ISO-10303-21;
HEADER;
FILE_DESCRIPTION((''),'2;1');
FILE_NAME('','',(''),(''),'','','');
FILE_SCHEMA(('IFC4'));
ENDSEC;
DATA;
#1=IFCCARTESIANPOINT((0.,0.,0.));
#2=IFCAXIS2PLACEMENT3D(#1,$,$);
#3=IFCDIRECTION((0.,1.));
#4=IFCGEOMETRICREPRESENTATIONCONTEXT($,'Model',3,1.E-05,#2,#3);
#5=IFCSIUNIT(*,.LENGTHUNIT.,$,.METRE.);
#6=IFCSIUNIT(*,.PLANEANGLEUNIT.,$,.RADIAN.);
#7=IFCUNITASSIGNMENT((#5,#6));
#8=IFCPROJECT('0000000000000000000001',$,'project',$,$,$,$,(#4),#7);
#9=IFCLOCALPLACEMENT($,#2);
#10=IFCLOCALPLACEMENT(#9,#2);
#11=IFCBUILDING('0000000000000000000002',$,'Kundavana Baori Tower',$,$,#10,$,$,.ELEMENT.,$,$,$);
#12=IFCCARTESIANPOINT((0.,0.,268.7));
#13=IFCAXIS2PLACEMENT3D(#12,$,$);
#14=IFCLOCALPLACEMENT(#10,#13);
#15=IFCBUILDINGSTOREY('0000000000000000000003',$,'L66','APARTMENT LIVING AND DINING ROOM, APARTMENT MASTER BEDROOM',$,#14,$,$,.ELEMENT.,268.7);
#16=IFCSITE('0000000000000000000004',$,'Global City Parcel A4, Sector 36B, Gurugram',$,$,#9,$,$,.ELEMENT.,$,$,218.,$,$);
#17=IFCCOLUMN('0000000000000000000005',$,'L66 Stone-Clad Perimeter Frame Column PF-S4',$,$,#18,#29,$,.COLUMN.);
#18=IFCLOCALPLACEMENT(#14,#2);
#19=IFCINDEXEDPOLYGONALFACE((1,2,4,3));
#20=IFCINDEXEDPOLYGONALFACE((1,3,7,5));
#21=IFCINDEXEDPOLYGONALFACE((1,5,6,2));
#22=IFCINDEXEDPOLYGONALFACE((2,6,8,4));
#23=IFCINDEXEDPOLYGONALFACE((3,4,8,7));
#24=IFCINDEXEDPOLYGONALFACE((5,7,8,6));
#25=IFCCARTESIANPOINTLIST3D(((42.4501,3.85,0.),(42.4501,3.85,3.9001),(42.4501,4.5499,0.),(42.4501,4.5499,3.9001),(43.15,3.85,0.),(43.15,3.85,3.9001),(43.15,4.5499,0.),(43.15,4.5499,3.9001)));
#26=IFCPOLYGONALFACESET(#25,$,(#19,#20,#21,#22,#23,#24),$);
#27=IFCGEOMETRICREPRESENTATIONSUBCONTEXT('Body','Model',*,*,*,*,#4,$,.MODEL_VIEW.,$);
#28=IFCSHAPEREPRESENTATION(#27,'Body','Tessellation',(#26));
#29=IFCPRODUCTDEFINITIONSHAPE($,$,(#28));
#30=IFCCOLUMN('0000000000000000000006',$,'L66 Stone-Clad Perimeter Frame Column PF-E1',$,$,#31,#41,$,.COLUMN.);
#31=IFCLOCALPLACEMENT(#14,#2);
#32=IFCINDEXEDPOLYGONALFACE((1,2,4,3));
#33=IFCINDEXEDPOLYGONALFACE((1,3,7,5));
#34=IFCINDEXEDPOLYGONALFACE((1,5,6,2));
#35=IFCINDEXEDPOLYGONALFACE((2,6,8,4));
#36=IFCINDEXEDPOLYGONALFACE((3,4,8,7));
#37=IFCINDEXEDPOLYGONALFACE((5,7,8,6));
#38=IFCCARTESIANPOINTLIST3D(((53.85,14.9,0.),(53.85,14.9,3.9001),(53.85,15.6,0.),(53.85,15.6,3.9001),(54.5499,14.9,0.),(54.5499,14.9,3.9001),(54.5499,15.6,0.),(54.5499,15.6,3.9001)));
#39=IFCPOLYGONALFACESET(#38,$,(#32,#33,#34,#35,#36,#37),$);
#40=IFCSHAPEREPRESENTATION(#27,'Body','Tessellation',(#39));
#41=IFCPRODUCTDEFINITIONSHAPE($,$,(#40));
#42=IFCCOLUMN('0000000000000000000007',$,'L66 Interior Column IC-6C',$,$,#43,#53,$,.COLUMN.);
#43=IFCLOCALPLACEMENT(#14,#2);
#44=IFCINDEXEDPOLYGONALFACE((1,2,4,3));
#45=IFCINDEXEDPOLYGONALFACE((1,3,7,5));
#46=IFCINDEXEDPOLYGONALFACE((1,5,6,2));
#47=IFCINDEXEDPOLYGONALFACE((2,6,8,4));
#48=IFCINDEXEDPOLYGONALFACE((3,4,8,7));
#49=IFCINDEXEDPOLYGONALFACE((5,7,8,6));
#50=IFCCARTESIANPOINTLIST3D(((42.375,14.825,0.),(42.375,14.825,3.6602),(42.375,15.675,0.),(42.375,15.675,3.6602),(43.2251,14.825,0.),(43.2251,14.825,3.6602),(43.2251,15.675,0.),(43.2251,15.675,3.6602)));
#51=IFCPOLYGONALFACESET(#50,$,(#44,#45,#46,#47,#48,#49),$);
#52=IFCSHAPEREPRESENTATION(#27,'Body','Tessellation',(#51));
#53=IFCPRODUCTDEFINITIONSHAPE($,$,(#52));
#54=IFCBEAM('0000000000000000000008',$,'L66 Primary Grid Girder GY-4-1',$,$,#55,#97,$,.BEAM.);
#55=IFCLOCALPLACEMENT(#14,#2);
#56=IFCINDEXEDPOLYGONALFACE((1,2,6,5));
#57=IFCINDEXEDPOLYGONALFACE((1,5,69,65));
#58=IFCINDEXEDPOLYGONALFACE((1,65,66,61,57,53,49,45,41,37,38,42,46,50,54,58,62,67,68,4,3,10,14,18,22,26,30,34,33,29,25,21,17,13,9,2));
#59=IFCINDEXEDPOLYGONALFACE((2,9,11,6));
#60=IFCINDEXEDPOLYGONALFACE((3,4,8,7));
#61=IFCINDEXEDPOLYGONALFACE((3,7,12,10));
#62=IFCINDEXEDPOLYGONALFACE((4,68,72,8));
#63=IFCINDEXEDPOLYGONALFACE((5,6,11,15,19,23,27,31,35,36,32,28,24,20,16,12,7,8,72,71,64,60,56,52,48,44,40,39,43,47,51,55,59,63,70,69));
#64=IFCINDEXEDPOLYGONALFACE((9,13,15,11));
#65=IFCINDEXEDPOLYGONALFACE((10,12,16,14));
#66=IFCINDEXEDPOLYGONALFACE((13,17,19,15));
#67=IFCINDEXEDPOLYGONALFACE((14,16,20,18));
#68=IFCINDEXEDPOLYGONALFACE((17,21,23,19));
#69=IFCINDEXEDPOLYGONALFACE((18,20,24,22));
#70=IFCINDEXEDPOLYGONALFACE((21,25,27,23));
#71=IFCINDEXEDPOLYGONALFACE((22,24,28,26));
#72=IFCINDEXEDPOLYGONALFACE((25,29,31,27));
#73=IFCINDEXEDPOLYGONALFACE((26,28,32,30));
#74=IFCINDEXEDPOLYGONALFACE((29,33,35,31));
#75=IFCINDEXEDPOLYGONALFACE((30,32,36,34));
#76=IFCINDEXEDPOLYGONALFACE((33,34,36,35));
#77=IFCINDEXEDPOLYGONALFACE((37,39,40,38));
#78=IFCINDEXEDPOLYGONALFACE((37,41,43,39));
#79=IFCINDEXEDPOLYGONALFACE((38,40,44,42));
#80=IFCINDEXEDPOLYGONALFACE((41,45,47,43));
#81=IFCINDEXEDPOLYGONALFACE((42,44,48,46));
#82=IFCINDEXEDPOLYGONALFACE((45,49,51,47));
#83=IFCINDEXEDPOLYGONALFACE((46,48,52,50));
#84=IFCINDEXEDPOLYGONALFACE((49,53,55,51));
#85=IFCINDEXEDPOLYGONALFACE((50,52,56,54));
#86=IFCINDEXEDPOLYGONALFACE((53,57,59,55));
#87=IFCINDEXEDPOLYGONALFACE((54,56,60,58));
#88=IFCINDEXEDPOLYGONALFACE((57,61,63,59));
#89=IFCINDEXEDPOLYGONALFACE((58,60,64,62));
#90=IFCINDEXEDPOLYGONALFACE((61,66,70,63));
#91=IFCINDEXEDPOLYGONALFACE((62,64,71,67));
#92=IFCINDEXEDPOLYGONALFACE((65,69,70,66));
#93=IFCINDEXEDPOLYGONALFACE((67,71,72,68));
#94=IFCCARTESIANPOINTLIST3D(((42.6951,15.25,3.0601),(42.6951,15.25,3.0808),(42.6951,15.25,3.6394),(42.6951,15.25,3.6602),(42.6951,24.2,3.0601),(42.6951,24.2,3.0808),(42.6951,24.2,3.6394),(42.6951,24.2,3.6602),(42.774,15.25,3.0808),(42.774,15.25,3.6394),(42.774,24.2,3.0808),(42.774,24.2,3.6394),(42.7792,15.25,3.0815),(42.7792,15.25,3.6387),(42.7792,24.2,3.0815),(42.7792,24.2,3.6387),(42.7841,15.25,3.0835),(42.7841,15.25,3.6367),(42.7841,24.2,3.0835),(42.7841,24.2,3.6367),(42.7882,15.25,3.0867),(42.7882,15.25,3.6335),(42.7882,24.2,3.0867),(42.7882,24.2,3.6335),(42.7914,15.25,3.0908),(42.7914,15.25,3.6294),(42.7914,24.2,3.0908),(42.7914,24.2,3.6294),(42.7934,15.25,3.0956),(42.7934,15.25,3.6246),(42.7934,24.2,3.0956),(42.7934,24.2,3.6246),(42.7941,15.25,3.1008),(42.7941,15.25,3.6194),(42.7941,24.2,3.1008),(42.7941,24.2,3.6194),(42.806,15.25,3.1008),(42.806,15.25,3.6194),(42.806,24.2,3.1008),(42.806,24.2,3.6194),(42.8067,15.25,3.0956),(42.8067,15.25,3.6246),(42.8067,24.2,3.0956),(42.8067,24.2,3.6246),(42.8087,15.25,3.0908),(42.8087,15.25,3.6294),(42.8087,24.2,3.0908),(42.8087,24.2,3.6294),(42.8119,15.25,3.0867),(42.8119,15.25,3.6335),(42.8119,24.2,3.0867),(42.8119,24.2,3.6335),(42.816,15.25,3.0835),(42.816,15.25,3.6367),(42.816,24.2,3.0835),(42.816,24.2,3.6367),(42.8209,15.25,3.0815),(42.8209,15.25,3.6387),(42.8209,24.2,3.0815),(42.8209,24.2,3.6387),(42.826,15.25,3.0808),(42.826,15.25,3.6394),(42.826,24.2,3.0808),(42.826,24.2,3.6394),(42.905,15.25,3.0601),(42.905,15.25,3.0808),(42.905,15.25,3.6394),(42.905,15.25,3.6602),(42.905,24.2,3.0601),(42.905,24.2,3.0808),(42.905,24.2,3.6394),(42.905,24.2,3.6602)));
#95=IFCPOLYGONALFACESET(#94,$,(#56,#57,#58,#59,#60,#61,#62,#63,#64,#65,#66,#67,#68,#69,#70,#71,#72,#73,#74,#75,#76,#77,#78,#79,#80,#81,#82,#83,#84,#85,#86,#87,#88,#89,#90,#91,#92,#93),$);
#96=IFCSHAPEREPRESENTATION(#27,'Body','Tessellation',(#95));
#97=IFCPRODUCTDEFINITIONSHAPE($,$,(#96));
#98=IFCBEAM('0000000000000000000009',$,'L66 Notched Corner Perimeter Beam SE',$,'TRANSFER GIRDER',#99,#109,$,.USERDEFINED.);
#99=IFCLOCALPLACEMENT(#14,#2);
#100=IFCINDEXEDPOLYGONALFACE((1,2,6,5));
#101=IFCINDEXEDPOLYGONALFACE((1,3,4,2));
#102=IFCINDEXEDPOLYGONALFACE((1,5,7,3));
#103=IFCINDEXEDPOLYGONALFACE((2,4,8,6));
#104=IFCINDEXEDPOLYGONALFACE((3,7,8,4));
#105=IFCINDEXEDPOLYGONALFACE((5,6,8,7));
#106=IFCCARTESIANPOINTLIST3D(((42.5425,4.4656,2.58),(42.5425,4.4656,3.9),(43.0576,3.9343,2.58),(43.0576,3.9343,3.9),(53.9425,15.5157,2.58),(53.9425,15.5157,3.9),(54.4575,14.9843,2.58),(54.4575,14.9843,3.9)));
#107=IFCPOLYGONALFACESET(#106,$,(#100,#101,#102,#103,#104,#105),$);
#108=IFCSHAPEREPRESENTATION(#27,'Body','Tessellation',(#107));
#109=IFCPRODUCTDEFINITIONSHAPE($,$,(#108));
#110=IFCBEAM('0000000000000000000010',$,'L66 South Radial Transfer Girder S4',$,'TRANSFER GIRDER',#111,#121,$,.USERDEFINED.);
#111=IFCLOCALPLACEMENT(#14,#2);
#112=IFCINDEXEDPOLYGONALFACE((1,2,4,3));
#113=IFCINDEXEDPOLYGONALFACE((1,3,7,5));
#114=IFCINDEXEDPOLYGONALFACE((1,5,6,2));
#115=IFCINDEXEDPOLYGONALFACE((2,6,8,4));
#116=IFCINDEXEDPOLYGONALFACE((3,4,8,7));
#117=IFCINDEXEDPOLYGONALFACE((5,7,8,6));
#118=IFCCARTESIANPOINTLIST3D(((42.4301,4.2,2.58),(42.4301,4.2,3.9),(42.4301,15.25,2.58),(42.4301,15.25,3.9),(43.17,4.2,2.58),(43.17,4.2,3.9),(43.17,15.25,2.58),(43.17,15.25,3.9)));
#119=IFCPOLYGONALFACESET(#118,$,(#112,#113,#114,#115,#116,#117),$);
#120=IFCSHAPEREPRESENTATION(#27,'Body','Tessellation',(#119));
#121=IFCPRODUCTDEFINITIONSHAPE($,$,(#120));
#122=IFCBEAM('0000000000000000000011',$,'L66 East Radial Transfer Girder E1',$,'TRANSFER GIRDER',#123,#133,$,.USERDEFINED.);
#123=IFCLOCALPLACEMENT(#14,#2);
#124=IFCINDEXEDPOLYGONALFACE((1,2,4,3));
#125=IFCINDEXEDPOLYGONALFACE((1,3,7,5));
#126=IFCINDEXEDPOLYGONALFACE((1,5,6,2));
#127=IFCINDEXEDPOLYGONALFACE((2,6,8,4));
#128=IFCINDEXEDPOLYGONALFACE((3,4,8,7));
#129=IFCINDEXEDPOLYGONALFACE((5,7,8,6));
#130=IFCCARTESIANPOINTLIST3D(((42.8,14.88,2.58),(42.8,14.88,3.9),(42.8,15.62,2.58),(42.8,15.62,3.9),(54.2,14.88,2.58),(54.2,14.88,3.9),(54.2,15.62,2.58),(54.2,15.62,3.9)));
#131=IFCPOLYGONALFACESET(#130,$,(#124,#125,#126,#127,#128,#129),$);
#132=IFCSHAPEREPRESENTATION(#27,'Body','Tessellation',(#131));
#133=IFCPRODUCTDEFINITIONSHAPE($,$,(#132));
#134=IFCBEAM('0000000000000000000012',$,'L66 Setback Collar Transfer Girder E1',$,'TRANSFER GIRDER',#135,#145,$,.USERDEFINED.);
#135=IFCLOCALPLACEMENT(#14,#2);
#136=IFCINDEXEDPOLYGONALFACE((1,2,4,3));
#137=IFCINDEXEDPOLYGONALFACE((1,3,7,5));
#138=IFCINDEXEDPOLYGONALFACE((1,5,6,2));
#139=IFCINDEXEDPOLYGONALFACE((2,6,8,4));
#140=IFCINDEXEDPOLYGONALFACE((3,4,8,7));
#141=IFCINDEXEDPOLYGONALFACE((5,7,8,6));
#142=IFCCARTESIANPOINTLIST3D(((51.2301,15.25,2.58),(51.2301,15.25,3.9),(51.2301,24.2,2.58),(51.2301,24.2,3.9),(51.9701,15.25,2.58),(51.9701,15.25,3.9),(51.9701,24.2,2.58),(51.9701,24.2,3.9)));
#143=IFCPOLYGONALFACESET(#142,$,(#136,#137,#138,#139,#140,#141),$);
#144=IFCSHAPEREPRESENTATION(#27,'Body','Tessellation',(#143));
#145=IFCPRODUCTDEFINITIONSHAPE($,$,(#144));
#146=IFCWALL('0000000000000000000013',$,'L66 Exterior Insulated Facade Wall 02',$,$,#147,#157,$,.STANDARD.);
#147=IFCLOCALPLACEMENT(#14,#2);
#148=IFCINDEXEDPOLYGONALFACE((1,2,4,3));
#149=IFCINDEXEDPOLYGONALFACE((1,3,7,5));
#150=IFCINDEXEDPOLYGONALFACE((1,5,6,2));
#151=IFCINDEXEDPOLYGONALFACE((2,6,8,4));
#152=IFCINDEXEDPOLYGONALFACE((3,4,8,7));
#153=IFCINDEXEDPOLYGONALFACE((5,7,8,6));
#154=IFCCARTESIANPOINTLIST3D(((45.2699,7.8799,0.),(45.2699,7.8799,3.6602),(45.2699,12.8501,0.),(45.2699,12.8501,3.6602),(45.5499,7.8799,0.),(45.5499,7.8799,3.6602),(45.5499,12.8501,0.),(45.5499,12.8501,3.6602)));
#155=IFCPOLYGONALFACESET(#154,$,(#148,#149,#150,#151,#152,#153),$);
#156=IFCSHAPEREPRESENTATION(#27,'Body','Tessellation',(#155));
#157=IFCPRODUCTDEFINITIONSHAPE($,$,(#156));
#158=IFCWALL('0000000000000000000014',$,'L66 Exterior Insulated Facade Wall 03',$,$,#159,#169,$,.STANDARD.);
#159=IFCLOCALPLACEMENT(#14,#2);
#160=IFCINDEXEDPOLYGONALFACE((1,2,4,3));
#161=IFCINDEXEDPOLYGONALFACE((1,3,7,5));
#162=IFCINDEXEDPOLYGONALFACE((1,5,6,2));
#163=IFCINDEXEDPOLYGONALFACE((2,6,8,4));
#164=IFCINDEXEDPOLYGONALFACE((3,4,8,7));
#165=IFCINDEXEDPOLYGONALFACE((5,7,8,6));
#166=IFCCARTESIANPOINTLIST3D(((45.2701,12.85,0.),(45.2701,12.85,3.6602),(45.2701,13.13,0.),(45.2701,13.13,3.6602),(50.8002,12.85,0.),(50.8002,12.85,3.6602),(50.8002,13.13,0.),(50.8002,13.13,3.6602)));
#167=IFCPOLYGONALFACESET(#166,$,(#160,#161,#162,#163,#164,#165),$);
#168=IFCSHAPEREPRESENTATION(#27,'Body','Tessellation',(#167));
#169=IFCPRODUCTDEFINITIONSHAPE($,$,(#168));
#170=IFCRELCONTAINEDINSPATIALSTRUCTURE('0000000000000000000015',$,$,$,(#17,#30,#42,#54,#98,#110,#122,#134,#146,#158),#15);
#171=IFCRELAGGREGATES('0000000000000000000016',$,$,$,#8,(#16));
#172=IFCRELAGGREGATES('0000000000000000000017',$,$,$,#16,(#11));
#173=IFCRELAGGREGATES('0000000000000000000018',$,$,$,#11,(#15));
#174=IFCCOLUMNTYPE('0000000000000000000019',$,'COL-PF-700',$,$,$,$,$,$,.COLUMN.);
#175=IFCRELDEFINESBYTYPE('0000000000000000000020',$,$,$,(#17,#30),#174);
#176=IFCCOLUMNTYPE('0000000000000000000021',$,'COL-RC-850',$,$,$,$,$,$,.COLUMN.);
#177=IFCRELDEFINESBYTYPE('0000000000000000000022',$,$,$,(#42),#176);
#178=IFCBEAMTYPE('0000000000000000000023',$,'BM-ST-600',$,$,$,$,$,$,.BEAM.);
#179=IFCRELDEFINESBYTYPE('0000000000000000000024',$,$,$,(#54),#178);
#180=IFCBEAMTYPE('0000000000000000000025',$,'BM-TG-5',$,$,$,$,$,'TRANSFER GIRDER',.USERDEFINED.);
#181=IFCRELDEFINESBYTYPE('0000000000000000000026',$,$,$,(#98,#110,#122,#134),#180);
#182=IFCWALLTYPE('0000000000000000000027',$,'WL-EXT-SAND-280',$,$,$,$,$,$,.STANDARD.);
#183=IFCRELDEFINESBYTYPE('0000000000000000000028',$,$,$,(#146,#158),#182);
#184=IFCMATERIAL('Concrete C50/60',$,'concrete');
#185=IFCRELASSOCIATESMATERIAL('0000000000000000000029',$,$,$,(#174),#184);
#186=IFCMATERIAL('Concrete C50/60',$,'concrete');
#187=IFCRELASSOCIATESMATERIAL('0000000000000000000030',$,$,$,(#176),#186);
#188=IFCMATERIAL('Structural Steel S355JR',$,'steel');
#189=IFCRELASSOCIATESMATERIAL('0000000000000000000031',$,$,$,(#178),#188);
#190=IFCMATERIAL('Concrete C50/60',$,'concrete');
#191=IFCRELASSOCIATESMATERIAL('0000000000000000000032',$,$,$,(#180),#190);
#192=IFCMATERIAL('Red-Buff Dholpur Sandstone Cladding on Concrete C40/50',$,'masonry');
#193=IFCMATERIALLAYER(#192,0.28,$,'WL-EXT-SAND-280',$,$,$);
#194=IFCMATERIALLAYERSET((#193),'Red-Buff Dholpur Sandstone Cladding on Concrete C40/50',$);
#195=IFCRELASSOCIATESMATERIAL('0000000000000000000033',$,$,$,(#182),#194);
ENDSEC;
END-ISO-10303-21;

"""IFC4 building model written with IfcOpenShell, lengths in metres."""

from ifc_helpers import new_model, si_unit, direction, frame, frame_2d, origin, origin_2d, place, context, subcontext, project, spatial, rectangle, i_section, extrude, material, layer, layer_set, material_profile, profile_set, type_object, element, save


model = new_model("IFC4")

# Units and contexts
model_context = context("Model", 3, precision=1e-05, world=origin(), true_north=direction((0.0, 1.0)))
body_context = subcontext(model_context, "Body", "Model", "MODEL_VIEW")
ifc_project = project(units=[si_unit("LENGTHUNIT", "METRE"), si_unit("PLANEANGLEUNIT", "RADIAN")], contexts=[model_context])

# Site, building, storey
site_placement = place(None, origin())
site = spatial("IfcSite", under=ifc_project, at=site_placement, Name="Global City Parcel A4, Sector 36B, Gurugram", CompositionType="ELEMENT", RefElevation=218.0)
building_placement = place(site_placement, origin())
building = spatial("IfcBuilding", under=site, at=building_placement, Name="Kundavana Baori Tower", CompositionType="ELEMENT")
storey_placement = place(building_placement, frame((0.0, 0.0, 268.7)))
storey = spatial("IfcBuildingStorey", under=building, at=storey_placement, Name="L66", Description="APARTMENT LIVING AND DINING ROOM, APARTMENT MASTER BEDROOM", CompositionType="ELEMENT", Elevation=268.7)

# Columns
ifc_material_1 = material(Name="Concrete C50/60", Category="concrete")
ifc_material_profile_1 = material_profile(ifc_material_1, rectangle(XDim=0.7, YDim=0.7, at=origin_2d()), Name="RC PF 700x700")
ifc_profile_set_1 = profile_set([ifc_material_profile_1], Name="Concrete C50/60")
column_type_1 = type_object("IfcColumnType", Name="COL-PF-700", PredefinedType="COLUMN", material=ifc_profile_set_1)
for number, where, z_axis, x_axis, name in (
    (1, (42.8, 4.2, 0.0), (0.0, 0.0, 1.0), (1.0, 0.0, 0.0), "L66 Stone-Clad Perimeter Frame Column PF-S4"),
    (2, (54.2, 15.25, 0.0), (0.0, 0.0, 1.0), (1.0, 0.0, 0.0), "L66 Stone-Clad Perimeter Frame Column PF-E1"),
):
    element("IfcColumn", number, at=place(storey_placement, frame(where, z_axis=z_axis, x_axis=x_axis)), inside=storey, type_object=column_type_1, Name=name, PredefinedType="COLUMN", context=body_context, shape_type="SweptSolid", body=[
        extrude(rectangle(XDim=0.7, YDim=0.7, at=origin_2d()), origin(), (0.0, 0.0, 1.0), 3.9001),
    ])
ifc_material_2 = material(Name="Concrete C50/60", Category="concrete")
ifc_material_profile_2 = material_profile(ifc_material_2, rectangle(XDim=0.8501, YDim=0.8501, at=origin_2d()), Name="RC 850x850")
ifc_profile_set_2 = profile_set([ifc_material_profile_2], Name="Concrete C50/60")
column_type_2 = type_object("IfcColumnType", Name="COL-RC-850", PredefinedType="COLUMN", material=ifc_profile_set_2)
column_placement = place(storey_placement, frame((42.8, 15.25, 0.0), z_axis=(0.0, 0.0, 1.0), x_axis=(1.0, 0.0, 0.0)))
element("IfcColumn", 3, at=column_placement, inside=storey, type_object=column_type_2, Name="L66 Interior Column IC-6C", PredefinedType="COLUMN", context=body_context, shape_type="SweptSolid", body=[
    extrude(rectangle(XDim=0.8501, YDim=0.8501, at=origin_2d()), origin(), (0.0, 0.0, 1.0), 3.6602),
])

# Beams
ifc_material_3 = material(Name="Structural Steel S355JR", Category="steel")
ifc_material_profile_3 = material_profile(ifc_material_3, i_section(OverallWidth=0.21, OverallDepth=0.6001, WebThickness=0.012, FlangeThickness=0.0208, FilletRadius=0.02, at=origin_2d()), Name="ISMB 600")
ifc_profile_set_3 = profile_set([ifc_material_profile_3], Name="Structural Steel S355JR")
beam_type_1 = type_object("IfcBeamType", Name="BM-ST-600", PredefinedType="BEAM", material=ifc_profile_set_3)
beam_1_placement = place(storey_placement, frame((42.8, 15.25, 3.3601), z_axis=(0.0, 1.0, 0.0), x_axis=(-1.0, 0.0, 0.0)))
element("IfcBeam", 4, at=beam_1_placement, inside=storey, type_object=beam_type_1, Name="L66 Primary Grid Girder GY-4-1", PredefinedType="BEAM", context=body_context, shape_type="SweptSolid", body=[
    extrude(i_section(OverallWidth=0.21, OverallDepth=0.6001, WebThickness=0.012, FlangeThickness=0.0208, FilletRadius=0.02, at=origin_2d()), origin(), (0.0, 0.0, 1.0), 8.95),
])
ifc_material_4 = material(Name="Concrete C50/60", Category="concrete")
ifc_material_profile_4 = material_profile(ifc_material_4, rectangle(XDim=0.74, YDim=1.3201, at=origin_2d()), Name="BM-TG-5")
ifc_profile_set_4 = profile_set([ifc_material_profile_4], Name="Concrete C50/60")
beam_type_2 = type_object("IfcBeamType", Name="BM-TG-5", ElementType="TRANSFER GIRDER", PredefinedType="USERDEFINED", material=ifc_profile_set_4)
beam_2_placement = place(storey_placement, frame((42.8, 4.2, 3.24), z_axis=(0.718039, 0.696003, 0.0), x_axis=(-0.696003, 0.718039, 0.0)))
element("IfcBeam", 5, at=beam_2_placement, inside=storey, type_object=beam_type_2, Name="L66 Notched Corner Perimeter Beam SE", ObjectType="TRANSFER GIRDER", PredefinedType="USERDEFINED", context=body_context, shape_type="SweptSolid", body=[
    extrude(rectangle(XDim=0.74, YDim=1.3201, at=origin_2d()), origin(), (0.0, 0.0, 1.0), 15.8765),
])
beam_3_placement = place(storey_placement, frame((42.8, 15.25, 3.24), z_axis=(0.0, -1.0, 0.0), x_axis=(1.0, 0.0, 0.0)))
element("IfcBeam", 6, at=beam_3_placement, inside=storey, type_object=beam_type_2, Name="L66 South Radial Transfer Girder S4", ObjectType="TRANSFER GIRDER", PredefinedType="USERDEFINED", context=body_context, shape_type="SweptSolid", body=[
    extrude(rectangle(XDim=0.74, YDim=1.3201, at=origin_2d()), origin(), (0.0, 0.0, 1.0), 11.05),
])
beam_4_placement = place(storey_placement, frame((42.8, 15.25, 3.24), z_axis=(1.0, 0.0, 0.0), x_axis=(0.0, 1.0, 0.0)))
element("IfcBeam", 7, at=beam_4_placement, inside=storey, type_object=beam_type_2, Name="L66 East Radial Transfer Girder E1", ObjectType="TRANSFER GIRDER", PredefinedType="USERDEFINED", context=body_context, shape_type="SweptSolid", body=[
    extrude(rectangle(XDim=0.74, YDim=1.3201, at=origin_2d()), origin(), (0.0, 0.0, 1.0), 11.3999),
])
beam_5_placement = place(storey_placement, frame((51.6001, 15.25, 3.24), z_axis=(0.0, 1.0, 0.0), x_axis=(-1.0, 0.0, 0.0)))
element("IfcBeam", 8, at=beam_5_placement, inside=storey, type_object=beam_type_2, Name="L66 Setback Collar Transfer Girder E1", ObjectType="TRANSFER GIRDER", PredefinedType="USERDEFINED", context=body_context, shape_type="SweptSolid", body=[
    extrude(rectangle(XDim=0.74, YDim=1.3201, at=origin_2d()), origin(), (0.0, 0.0, 1.0), 8.95),
])

# Walls
ifc_material_5 = material(Name="Red-Buff Dholpur Sandstone Cladding on Concrete C40/50", Category="masonry")
ifc_layer_1 = layer(ifc_material_5, 0.28, Name="WL-EXT-SAND-280")
ifc_layer_set_1 = layer_set([ifc_layer_1], Name="Red-Buff Dholpur Sandstone Cladding on Concrete C40/50")
wall_type_1 = type_object("IfcWallType", Name="WL-EXT-SAND-280", PredefinedType="STANDARD", material=ifc_layer_set_1)
wall_1_placement = place(storey_placement, frame((45.4099, 7.8799, 0.0), z_axis=(0.0, 0.0, 1.0), x_axis=(0.0, 1.0, 0.0)))
element("IfcWall", 9, at=wall_1_placement, inside=storey, type_object=wall_type_1, Name="L66 Exterior Insulated Facade Wall 02", PredefinedType="STANDARD", context=body_context, shape_type="SweptSolid", body=[
    extrude(rectangle(XDim=4.9702, YDim=0.28, at=frame_2d((2.4851, 0.0))), origin(), (0.0, 0.0, 1.0), 3.6602),
])
wall_2_placement = place(storey_placement, frame((45.27, 12.99, 0.0), z_axis=(0.0, 0.0, 1.0), x_axis=(1.0, 0.0, 0.0)))
element("IfcWall", 10, at=wall_2_placement, inside=storey, type_object=wall_type_1, Name="L66 Exterior Insulated Facade Wall 03", PredefinedType="STANDARD", context=body_context, shape_type="SweptSolid", body=[
    extrude(rectangle(XDim=5.53, YDim=0.28, at=frame_2d((2.7651, 0.0))), origin(), (0.0, 0.0, 1.0), 3.6602),
])

save(model, "model.ifc")
